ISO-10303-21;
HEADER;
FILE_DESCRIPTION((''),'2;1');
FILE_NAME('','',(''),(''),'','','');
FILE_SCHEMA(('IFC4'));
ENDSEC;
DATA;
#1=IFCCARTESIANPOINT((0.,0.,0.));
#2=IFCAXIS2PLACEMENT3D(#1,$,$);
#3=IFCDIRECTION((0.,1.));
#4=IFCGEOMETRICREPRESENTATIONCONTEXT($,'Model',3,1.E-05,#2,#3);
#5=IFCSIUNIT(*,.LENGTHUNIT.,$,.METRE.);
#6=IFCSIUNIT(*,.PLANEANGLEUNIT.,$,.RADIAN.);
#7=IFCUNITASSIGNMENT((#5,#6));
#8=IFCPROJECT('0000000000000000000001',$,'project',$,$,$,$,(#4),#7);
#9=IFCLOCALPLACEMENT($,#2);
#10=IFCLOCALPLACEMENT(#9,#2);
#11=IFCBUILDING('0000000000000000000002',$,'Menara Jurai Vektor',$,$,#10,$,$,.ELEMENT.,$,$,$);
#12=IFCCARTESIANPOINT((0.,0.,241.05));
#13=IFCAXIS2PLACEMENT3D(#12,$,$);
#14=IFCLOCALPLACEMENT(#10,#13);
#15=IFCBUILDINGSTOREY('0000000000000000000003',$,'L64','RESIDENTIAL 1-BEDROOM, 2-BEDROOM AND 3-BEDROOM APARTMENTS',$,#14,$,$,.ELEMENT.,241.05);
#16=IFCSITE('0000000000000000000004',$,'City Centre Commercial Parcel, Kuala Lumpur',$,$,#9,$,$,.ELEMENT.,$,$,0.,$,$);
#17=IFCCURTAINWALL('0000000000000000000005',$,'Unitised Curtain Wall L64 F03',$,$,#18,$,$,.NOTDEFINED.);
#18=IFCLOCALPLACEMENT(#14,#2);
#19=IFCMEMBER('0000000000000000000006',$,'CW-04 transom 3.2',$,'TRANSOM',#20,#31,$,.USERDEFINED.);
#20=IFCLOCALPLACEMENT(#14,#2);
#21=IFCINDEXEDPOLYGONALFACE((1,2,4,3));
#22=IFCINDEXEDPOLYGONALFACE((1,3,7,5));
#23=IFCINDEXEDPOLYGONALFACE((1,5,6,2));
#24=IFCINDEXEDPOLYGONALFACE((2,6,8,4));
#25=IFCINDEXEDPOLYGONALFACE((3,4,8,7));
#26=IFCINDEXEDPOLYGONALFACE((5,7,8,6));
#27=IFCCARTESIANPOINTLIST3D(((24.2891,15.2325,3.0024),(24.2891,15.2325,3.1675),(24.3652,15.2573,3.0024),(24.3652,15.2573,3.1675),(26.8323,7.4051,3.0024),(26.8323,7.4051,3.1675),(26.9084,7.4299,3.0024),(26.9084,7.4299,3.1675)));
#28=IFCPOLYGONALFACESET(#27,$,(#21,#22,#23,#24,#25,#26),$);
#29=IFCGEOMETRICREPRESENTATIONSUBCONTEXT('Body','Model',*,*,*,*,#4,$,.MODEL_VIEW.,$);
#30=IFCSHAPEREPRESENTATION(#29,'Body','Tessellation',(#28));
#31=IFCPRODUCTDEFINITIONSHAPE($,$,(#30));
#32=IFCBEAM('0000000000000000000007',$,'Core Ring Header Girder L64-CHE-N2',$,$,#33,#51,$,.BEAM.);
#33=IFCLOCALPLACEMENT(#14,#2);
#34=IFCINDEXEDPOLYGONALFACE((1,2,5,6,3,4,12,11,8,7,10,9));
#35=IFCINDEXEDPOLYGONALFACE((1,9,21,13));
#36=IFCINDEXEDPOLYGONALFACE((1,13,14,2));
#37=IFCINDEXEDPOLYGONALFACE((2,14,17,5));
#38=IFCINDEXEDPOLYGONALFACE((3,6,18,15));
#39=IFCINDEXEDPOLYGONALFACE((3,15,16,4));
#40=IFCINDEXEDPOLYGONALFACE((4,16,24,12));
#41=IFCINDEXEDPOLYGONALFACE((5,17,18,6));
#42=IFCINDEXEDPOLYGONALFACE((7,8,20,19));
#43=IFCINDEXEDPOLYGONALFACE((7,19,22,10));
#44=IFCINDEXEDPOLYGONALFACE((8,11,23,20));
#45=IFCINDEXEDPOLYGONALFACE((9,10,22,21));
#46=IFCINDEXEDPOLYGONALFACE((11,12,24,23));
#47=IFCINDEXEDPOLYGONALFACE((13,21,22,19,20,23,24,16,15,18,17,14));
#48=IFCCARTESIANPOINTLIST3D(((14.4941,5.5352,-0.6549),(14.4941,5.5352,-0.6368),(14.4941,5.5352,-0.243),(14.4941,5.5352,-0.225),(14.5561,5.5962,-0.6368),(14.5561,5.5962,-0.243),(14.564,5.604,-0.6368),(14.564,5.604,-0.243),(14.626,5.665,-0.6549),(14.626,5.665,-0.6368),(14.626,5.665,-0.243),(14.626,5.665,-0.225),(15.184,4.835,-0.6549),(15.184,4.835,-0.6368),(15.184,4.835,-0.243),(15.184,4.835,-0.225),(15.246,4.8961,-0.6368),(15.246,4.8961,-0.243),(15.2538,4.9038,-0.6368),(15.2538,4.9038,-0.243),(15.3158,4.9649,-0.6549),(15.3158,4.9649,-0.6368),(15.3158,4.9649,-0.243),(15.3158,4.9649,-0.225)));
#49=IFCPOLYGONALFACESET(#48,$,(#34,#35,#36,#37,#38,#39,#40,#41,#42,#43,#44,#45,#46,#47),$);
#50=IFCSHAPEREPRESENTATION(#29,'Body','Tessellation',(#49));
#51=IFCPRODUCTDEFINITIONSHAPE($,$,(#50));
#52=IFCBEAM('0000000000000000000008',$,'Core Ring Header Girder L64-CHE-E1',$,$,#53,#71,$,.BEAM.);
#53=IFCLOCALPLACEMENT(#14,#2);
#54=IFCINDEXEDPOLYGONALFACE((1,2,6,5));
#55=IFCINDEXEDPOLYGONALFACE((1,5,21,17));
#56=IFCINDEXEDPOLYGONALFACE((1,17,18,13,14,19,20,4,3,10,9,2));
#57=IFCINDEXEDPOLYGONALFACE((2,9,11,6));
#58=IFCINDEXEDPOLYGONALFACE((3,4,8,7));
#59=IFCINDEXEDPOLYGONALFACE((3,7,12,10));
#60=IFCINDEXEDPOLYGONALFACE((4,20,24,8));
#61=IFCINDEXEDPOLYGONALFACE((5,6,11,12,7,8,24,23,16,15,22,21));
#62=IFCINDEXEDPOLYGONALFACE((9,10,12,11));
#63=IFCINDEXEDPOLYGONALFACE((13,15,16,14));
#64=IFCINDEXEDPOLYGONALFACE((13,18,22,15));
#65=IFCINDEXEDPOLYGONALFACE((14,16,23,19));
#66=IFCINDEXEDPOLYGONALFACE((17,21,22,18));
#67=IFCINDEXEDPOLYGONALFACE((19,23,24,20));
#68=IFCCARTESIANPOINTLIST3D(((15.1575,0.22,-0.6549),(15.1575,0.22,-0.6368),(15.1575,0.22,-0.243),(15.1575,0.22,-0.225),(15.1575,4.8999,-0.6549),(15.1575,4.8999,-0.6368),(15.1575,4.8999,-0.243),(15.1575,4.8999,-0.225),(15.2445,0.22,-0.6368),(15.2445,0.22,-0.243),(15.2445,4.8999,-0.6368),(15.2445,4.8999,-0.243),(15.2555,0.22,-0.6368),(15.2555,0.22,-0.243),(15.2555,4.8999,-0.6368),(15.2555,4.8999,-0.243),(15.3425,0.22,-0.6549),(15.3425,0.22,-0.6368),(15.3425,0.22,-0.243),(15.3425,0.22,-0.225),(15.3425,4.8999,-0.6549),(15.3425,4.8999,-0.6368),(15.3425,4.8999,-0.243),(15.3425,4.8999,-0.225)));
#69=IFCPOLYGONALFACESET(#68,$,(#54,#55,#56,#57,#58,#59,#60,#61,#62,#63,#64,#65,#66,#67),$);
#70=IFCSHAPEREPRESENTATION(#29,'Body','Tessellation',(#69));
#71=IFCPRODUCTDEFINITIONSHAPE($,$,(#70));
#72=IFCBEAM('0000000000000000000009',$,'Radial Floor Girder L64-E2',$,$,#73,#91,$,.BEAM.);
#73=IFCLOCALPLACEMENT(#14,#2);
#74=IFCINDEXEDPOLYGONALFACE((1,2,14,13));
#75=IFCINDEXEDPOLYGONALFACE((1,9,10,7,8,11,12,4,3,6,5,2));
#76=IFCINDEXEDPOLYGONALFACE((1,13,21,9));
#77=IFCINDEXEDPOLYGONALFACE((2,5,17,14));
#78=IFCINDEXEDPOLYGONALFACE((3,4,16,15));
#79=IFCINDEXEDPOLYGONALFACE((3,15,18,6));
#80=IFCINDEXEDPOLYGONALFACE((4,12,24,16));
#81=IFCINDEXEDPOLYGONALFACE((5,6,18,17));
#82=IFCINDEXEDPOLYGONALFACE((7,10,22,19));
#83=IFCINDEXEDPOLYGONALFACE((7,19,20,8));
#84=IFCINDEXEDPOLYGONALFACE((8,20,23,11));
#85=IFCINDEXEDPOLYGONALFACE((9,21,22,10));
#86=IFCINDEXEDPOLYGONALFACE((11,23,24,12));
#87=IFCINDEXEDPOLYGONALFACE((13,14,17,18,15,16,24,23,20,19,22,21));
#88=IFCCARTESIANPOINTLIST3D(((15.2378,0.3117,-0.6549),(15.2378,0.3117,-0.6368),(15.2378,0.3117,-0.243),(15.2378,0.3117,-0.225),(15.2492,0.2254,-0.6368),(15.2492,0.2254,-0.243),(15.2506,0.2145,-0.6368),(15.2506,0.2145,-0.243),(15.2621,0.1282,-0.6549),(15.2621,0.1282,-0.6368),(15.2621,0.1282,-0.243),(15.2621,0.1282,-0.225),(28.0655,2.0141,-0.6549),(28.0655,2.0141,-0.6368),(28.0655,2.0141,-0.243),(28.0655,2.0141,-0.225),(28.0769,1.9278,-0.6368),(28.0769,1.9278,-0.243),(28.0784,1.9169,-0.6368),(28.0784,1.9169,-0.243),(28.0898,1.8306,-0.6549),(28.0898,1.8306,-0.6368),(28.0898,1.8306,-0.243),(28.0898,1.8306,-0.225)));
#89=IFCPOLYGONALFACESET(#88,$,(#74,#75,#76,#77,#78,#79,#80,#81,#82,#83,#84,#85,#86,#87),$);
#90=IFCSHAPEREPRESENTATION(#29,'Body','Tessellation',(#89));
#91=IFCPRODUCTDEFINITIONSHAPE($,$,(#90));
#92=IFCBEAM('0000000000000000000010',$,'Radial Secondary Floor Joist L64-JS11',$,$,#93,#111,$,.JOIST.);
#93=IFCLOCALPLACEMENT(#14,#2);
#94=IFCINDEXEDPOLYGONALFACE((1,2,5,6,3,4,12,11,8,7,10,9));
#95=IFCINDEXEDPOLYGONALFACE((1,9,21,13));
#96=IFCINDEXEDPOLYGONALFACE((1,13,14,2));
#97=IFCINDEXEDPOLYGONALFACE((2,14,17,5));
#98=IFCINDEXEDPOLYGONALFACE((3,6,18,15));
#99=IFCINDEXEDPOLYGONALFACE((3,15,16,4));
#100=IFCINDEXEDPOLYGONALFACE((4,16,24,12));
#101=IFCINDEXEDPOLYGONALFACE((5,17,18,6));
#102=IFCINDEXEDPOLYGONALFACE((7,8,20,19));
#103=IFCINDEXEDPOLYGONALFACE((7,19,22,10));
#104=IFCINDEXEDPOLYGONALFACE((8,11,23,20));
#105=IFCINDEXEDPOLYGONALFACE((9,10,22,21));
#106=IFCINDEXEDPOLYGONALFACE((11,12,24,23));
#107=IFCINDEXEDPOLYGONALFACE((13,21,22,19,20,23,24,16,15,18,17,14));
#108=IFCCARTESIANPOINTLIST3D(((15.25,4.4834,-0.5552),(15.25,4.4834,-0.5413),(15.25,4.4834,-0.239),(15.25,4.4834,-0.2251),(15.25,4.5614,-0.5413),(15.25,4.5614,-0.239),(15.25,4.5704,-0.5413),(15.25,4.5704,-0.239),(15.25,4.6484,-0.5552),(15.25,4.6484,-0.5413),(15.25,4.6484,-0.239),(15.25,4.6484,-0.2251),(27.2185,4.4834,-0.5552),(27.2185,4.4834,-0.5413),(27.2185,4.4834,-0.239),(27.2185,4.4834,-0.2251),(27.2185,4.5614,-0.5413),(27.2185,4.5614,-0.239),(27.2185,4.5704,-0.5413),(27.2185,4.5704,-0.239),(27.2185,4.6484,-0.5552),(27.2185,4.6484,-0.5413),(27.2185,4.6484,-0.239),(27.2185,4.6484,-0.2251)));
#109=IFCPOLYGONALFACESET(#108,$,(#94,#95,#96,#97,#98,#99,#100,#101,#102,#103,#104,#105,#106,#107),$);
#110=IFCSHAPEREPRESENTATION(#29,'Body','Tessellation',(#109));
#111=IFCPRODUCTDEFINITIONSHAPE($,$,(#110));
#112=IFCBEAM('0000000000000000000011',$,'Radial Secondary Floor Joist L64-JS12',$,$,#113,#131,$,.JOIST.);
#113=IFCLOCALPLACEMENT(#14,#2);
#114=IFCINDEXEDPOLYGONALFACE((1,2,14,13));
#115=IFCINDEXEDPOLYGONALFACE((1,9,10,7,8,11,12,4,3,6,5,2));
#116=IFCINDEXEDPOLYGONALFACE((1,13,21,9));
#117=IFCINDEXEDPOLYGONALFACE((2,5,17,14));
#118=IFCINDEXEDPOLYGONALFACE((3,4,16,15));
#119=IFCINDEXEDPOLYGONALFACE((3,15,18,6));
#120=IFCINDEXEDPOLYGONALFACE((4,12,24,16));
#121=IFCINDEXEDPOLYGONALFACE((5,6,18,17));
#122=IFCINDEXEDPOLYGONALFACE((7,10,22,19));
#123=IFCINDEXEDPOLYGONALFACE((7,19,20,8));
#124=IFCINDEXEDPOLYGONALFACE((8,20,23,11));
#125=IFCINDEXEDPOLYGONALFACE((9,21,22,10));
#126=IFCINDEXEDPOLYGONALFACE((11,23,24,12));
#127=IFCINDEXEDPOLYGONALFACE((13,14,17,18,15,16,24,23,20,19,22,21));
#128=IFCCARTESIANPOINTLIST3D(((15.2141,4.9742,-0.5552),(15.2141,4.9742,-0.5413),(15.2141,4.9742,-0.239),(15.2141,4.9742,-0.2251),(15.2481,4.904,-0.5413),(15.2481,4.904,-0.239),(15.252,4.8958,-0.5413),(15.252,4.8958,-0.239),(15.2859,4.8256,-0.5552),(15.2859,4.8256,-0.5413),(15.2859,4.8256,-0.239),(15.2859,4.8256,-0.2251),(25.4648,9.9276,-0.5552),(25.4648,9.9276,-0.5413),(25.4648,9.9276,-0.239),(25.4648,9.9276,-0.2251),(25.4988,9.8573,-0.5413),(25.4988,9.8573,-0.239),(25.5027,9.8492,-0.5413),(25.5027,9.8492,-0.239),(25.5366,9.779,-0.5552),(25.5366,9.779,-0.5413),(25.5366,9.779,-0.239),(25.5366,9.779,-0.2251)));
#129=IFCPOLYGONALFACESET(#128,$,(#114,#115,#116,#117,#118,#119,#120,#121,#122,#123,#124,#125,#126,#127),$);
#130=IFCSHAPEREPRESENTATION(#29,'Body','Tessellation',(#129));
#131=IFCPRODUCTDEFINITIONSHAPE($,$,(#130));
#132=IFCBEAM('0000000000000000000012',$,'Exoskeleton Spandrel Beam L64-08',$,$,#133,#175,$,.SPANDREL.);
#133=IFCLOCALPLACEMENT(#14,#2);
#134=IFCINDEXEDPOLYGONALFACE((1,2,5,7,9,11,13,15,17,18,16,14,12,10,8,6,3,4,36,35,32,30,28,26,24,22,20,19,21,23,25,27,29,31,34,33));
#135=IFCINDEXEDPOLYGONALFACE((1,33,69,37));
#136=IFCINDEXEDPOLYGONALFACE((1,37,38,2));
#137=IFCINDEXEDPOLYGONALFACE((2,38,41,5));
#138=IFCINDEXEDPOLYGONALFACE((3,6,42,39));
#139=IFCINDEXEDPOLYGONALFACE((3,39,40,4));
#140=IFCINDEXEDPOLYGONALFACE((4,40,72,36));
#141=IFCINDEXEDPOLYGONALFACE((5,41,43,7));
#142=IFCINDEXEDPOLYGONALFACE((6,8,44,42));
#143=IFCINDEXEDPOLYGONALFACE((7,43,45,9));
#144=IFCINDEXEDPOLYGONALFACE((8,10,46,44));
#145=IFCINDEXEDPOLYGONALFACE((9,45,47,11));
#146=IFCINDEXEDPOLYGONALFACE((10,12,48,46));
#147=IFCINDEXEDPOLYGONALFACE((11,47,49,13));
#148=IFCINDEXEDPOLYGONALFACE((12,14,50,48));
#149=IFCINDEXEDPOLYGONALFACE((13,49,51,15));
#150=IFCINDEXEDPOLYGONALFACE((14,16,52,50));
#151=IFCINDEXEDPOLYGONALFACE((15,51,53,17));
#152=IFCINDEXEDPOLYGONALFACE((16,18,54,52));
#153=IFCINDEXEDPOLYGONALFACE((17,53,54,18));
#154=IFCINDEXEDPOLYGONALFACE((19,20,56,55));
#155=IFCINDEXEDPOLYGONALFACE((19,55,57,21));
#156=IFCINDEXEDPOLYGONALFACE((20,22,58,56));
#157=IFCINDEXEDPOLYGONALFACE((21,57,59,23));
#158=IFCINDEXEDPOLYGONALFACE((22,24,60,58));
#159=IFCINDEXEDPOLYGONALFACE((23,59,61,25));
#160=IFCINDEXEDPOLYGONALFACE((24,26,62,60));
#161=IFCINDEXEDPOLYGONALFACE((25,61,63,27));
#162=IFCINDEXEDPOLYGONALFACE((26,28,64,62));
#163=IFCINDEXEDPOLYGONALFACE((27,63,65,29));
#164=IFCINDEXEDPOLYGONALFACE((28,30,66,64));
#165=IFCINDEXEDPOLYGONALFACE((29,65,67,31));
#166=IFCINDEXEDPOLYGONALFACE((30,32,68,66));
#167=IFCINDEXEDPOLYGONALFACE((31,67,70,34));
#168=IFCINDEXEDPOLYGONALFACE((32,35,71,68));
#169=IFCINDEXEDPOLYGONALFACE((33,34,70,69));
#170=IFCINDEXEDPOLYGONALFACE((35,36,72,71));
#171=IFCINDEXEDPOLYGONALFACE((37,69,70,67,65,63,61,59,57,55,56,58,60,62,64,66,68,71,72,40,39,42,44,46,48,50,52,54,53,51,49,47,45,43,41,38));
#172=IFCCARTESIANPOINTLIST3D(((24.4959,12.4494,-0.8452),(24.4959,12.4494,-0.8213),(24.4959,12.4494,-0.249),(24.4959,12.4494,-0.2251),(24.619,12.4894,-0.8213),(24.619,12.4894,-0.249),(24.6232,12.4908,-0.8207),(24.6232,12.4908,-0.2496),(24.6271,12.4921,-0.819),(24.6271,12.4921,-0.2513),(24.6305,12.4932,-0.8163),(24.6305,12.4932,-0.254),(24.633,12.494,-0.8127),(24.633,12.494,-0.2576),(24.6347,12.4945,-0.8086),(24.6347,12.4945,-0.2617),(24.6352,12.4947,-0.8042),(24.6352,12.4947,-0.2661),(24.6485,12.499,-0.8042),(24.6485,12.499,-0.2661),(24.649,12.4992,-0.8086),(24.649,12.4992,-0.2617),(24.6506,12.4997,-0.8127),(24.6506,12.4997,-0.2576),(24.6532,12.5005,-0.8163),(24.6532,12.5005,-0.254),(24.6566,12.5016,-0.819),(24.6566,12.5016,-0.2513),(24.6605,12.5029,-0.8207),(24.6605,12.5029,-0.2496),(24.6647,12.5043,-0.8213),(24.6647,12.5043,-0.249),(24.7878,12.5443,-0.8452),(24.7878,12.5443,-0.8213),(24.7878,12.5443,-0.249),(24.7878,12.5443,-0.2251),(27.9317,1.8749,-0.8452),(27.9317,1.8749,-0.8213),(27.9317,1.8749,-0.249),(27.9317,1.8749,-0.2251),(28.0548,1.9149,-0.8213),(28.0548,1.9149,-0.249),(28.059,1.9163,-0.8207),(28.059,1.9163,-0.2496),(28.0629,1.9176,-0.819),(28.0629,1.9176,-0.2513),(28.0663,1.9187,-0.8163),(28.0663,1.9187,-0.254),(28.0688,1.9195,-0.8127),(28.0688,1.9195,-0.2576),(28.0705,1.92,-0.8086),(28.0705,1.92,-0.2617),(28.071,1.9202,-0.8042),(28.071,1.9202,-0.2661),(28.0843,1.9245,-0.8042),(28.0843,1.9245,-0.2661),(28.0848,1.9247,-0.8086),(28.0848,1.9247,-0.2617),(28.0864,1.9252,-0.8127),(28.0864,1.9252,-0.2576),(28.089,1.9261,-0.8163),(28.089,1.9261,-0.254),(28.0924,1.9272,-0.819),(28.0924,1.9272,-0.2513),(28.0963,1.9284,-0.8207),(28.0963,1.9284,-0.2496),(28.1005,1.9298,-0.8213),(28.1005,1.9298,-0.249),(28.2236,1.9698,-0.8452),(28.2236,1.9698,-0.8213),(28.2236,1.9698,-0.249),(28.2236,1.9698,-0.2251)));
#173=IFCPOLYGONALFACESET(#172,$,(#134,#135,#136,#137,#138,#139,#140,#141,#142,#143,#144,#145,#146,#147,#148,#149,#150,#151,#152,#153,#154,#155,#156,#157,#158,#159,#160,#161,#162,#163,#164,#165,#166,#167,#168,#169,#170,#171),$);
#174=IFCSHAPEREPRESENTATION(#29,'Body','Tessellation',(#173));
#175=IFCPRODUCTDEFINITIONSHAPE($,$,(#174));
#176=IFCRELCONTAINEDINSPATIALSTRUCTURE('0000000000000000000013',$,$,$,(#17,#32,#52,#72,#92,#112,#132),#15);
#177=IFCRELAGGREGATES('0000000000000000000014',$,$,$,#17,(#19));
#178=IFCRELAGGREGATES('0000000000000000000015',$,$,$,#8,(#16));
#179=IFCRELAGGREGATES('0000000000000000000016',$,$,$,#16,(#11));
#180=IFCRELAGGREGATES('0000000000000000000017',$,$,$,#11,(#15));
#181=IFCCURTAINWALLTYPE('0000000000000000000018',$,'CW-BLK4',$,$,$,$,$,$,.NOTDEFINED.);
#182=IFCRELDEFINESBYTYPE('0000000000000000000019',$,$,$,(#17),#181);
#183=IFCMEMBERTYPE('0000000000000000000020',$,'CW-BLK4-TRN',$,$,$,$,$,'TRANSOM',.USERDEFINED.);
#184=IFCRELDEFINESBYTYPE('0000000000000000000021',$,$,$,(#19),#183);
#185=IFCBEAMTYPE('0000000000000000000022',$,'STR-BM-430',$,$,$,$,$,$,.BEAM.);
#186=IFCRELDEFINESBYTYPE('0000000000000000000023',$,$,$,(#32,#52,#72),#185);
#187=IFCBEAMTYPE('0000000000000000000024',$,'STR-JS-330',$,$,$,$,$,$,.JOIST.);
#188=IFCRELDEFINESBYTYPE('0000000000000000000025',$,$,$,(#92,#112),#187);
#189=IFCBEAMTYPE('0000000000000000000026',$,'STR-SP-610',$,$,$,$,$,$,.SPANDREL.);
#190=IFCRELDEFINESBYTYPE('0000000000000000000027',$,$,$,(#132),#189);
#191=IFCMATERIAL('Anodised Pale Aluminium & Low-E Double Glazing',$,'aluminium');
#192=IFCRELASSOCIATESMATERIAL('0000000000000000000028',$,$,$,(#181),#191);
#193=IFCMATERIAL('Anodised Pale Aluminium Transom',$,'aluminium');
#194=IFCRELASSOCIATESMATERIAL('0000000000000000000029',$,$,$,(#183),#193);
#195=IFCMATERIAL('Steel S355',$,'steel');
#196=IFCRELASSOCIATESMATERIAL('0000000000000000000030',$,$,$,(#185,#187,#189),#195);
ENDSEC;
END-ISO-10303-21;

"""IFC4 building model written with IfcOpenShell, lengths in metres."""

from ifc_helpers import new_model, si_unit, direction, frame, origin, origin_2d, place, context, subcontext, project, spatial, rectangle, i_section, extrude, material, material_profile, profile_set, type_object, element, aggregate, save


model = new_model("IFC4")

# Units and contexts
model_context = context("Model", 3, precision=1e-05, world=origin(), true_north=direction((0.0, 1.0)))
body_context = subcontext(model_context, "Body", "Model", "MODEL_VIEW")
ifc_project = project(units=[si_unit("LENGTHUNIT", "METRE"), si_unit("PLANEANGLEUNIT", "RADIAN")], contexts=[model_context])

# Site, building, storey
site_placement = place(None, origin())
site = spatial("IfcSite", under=ifc_project, at=site_placement, Name="City Centre Commercial Parcel, Kuala Lumpur", CompositionType="ELEMENT", RefElevation=0.0)
building_placement = place(site_placement, origin())
building = spatial("IfcBuilding", under=site, at=building_placement, Name="Menara Jurai Vektor", CompositionType="ELEMENT")
storey_placement = place(building_placement, frame((0.0, 0.0, 241.05)))
storey = spatial("IfcBuildingStorey", under=building, at=storey_placement, Name="L64", Description="RESIDENTIAL 1-BEDROOM, 2-BEDROOM AND 3-BEDROOM APARTMENTS", CompositionType="ELEMENT", Elevation=241.05)

# Curtain wall, member
ifc_material_1 = material(Name="Anodised Pale Aluminium & Low-E Double Glazing", Category="aluminium")
curtain_wall_type = type_object("IfcCurtainWallType", Name="CW-BLK4", PredefinedType="NOTDEFINED", material=ifc_material_1)
curtain_wall_placement = place(storey_placement, origin())
curtain_wall = element("IfcCurtainWall", 1, at=curtain_wall_placement, inside=storey, type_object=curtain_wall_type, Name="Unitised Curtain Wall L64 F03", PredefinedType="NOTDEFINED")
ifc_material_2 = material(Name="Anodised Pale Aluminium Transom", Category="aluminium")
ifc_material_profile_1 = material_profile(ifc_material_2, rectangle(XDim=0.0801, YDim=0.165, at=origin_2d()), Name="ALU TRN 80x165")
ifc_profile_set_1 = profile_set([ifc_material_profile_1], Name="Anodised Pale Aluminium Transom")
member_type_1 = type_object("IfcMemberType", Name="CW-BLK4-TRN", ElementType="TRANSOM", PredefinedType="USERDEFINED", material=ifc_profile_set_1)
member_1_placement = place(storey_placement, frame((26.8704, 7.4175, 3.085), z_axis=(-0.30901, 0.951059, 0.0), x_axis=(-0.951059, -0.30901, 0.0)))
member_1 = element("IfcMember", 2, at=member_1_placement, type_object=member_type_1, Name="CW-04 transom 3.2", ObjectType="TRANSOM", PredefinedType="USERDEFINED", context=body_context, shape_type="SweptSolid", body=[
    extrude(rectangle(XDim=0.0801, YDim=0.165, at=origin_2d()), origin(), (0.0, 0.0, 1.0), 8.2302),
])

# Beams
ifc_material_3 = material(Name="Steel S355", Category="steel")
ifc_material_profile_2 = material_profile(ifc_material_3, i_section(OverallWidth=0.1851, OverallDepth=0.4299, WebThickness=0.011, FlangeThickness=0.0181, at=origin_2d()), Name="PG 430x185x76")
ifc_profile_set_2 = profile_set([ifc_material_profile_2], Name="Steel S355")
beam_type_1 = type_object("IfcBeamType", Name="STR-BM-430", PredefinedType="BEAM", material=ifc_profile_set_2)
beam_1_placement = place(storey_placement, frame((14.5601, 5.6001, -0.4399), z_axis=(0.701872, -0.712303, 0.0), x_axis=(0.712303, 0.701872, 0.0)))
element("IfcBeam", 3, at=beam_1_placement, inside=storey, type_object=beam_type_1, Name="Core Ring Header Girder L64-CHE-N2", PredefinedType="BEAM", context=body_context, shape_type="SweptSolid", body=[
    extrude(i_section(OverallWidth=0.1851, OverallDepth=0.4299, WebThickness=0.011, FlangeThickness=0.0181, at=origin_2d()), origin(), (0.0, 0.0, 1.0), 0.9829),
])
beam_2_placement = place(storey_placement, frame((15.25, 0.22, -0.4399), z_axis=(0.0, 1.0, 0.0), x_axis=(-1.0, 0.0, 0.0)))
element("IfcBeam", 4, at=beam_2_placement, inside=storey, type_object=beam_type_1, Name="Core Ring Header Girder L64-CHE-E1", PredefinedType="BEAM", context=body_context, shape_type="SweptSolid", body=[
    extrude(i_section(OverallWidth=0.1851, OverallDepth=0.4299, WebThickness=0.011, FlangeThickness=0.0181, at=origin_2d()), origin(), (0.0, 0.0, 1.0), 4.6799),
])
beam_3_placement = place(storey_placement, frame((28.0776, 1.9224, -0.4399), z_axis=(-0.991308, -0.131559, 0.0), x_axis=(0.131559, -0.991308, 0.0)))
element("IfcBeam", 5, at=beam_3_placement, inside=storey, type_object=beam_type_1, Name="Radial Floor Girder L64-E2", PredefinedType="BEAM", context=body_context, shape_type="SweptSolid", body=[
    extrude(i_section(OverallWidth=0.1851, OverallDepth=0.4299, WebThickness=0.011, FlangeThickness=0.0181, at=origin_2d()), origin(), (0.0, 0.0, 1.0), 12.9402),
])
ifc_material_profile_3 = material_profile(ifc_material_3, i_section(OverallWidth=0.165, OverallDepth=0.3301, WebThickness=0.009, FlangeThickness=0.0139, at=origin_2d()), Name="PG 330x165x46")
ifc_profile_set_3 = profile_set([ifc_material_profile_3], Name="Steel S355")
beam_type_2 = type_object("IfcBeamType", Name="STR-JS-330", PredefinedType="JOIST", material=ifc_profile_set_3)
beam_4_placement = place(storey_placement, frame((27.2185, 4.5659, -0.3901), z_axis=(-1.0, 0.0, 0.0), x_axis=(0.0, -1.0, 0.0)))
element("IfcBeam", 6, at=beam_4_placement, inside=storey, type_object=beam_type_2, Name="Radial Secondary Floor Joist L64-JS11", PredefinedType="JOIST", context=body_context, shape_type="SweptSolid", body=[
    extrude(i_section(OverallWidth=0.165, OverallDepth=0.3301, WebThickness=0.009, FlangeThickness=0.0139, at=origin_2d()), origin(), (0.0, 0.0, 1.0), 11.9685),
])
beam_5_placement = place(storey_placement, frame((25.5007, 9.8533, -0.3901), z_axis=(-0.900389, -0.435087, 0.0), x_axis=(0.435087, -0.900389, 0.0)))
element("IfcBeam", 7, at=beam_5_placement, inside=storey, type_object=beam_type_2, Name="Radial Secondary Floor Joist L64-JS12", PredefinedType="JOIST", context=body_context, shape_type="SweptSolid", body=[
    extrude(i_section(OverallWidth=0.165, OverallDepth=0.3301, WebThickness=0.009, FlangeThickness=0.0139, at=origin_2d()), origin(), (0.0, 0.0, 1.0), 11.3848),
])
ifc_material_profile_4 = material_profile(ifc_material_3, i_section(OverallWidth=0.3069, OverallDepth=0.6201, WebThickness=0.0139, FlangeThickness=0.0239, FilletRadius=0.0171, at=origin_2d()), Name="UKB 610x305x179")
ifc_profile_set_4 = profile_set([ifc_material_profile_4], Name="Steel S355")
beam_type_3 = type_object("IfcBeamType", Name="STR-SP-610", PredefinedType="SPANDREL", material=ifc_profile_set_4)
beam_6_placement = place(storey_placement, frame((28.0776, 1.9224, -0.5352), z_axis=(-0.309012, 0.951058, 0.0), x_axis=(-0.951058, -0.309012, 0.0)))
element("IfcBeam", 8, at=beam_6_placement, inside=storey, type_object=beam_type_3, Name="Exoskeleton Spandrel Beam L64-08", PredefinedType="SPANDREL", context=body_context, shape_type="SweptSolid", body=[
    extrude(i_section(OverallWidth=0.3069, OverallDepth=0.6201, WebThickness=0.0139, FlangeThickness=0.0239, FilletRadius=0.0171, at=origin_2d()), origin(), (0.0, 0.0, 1.0), 11.1187),
])

aggregate(curtain_wall, [member_1])

save(model, "model.ifc")
